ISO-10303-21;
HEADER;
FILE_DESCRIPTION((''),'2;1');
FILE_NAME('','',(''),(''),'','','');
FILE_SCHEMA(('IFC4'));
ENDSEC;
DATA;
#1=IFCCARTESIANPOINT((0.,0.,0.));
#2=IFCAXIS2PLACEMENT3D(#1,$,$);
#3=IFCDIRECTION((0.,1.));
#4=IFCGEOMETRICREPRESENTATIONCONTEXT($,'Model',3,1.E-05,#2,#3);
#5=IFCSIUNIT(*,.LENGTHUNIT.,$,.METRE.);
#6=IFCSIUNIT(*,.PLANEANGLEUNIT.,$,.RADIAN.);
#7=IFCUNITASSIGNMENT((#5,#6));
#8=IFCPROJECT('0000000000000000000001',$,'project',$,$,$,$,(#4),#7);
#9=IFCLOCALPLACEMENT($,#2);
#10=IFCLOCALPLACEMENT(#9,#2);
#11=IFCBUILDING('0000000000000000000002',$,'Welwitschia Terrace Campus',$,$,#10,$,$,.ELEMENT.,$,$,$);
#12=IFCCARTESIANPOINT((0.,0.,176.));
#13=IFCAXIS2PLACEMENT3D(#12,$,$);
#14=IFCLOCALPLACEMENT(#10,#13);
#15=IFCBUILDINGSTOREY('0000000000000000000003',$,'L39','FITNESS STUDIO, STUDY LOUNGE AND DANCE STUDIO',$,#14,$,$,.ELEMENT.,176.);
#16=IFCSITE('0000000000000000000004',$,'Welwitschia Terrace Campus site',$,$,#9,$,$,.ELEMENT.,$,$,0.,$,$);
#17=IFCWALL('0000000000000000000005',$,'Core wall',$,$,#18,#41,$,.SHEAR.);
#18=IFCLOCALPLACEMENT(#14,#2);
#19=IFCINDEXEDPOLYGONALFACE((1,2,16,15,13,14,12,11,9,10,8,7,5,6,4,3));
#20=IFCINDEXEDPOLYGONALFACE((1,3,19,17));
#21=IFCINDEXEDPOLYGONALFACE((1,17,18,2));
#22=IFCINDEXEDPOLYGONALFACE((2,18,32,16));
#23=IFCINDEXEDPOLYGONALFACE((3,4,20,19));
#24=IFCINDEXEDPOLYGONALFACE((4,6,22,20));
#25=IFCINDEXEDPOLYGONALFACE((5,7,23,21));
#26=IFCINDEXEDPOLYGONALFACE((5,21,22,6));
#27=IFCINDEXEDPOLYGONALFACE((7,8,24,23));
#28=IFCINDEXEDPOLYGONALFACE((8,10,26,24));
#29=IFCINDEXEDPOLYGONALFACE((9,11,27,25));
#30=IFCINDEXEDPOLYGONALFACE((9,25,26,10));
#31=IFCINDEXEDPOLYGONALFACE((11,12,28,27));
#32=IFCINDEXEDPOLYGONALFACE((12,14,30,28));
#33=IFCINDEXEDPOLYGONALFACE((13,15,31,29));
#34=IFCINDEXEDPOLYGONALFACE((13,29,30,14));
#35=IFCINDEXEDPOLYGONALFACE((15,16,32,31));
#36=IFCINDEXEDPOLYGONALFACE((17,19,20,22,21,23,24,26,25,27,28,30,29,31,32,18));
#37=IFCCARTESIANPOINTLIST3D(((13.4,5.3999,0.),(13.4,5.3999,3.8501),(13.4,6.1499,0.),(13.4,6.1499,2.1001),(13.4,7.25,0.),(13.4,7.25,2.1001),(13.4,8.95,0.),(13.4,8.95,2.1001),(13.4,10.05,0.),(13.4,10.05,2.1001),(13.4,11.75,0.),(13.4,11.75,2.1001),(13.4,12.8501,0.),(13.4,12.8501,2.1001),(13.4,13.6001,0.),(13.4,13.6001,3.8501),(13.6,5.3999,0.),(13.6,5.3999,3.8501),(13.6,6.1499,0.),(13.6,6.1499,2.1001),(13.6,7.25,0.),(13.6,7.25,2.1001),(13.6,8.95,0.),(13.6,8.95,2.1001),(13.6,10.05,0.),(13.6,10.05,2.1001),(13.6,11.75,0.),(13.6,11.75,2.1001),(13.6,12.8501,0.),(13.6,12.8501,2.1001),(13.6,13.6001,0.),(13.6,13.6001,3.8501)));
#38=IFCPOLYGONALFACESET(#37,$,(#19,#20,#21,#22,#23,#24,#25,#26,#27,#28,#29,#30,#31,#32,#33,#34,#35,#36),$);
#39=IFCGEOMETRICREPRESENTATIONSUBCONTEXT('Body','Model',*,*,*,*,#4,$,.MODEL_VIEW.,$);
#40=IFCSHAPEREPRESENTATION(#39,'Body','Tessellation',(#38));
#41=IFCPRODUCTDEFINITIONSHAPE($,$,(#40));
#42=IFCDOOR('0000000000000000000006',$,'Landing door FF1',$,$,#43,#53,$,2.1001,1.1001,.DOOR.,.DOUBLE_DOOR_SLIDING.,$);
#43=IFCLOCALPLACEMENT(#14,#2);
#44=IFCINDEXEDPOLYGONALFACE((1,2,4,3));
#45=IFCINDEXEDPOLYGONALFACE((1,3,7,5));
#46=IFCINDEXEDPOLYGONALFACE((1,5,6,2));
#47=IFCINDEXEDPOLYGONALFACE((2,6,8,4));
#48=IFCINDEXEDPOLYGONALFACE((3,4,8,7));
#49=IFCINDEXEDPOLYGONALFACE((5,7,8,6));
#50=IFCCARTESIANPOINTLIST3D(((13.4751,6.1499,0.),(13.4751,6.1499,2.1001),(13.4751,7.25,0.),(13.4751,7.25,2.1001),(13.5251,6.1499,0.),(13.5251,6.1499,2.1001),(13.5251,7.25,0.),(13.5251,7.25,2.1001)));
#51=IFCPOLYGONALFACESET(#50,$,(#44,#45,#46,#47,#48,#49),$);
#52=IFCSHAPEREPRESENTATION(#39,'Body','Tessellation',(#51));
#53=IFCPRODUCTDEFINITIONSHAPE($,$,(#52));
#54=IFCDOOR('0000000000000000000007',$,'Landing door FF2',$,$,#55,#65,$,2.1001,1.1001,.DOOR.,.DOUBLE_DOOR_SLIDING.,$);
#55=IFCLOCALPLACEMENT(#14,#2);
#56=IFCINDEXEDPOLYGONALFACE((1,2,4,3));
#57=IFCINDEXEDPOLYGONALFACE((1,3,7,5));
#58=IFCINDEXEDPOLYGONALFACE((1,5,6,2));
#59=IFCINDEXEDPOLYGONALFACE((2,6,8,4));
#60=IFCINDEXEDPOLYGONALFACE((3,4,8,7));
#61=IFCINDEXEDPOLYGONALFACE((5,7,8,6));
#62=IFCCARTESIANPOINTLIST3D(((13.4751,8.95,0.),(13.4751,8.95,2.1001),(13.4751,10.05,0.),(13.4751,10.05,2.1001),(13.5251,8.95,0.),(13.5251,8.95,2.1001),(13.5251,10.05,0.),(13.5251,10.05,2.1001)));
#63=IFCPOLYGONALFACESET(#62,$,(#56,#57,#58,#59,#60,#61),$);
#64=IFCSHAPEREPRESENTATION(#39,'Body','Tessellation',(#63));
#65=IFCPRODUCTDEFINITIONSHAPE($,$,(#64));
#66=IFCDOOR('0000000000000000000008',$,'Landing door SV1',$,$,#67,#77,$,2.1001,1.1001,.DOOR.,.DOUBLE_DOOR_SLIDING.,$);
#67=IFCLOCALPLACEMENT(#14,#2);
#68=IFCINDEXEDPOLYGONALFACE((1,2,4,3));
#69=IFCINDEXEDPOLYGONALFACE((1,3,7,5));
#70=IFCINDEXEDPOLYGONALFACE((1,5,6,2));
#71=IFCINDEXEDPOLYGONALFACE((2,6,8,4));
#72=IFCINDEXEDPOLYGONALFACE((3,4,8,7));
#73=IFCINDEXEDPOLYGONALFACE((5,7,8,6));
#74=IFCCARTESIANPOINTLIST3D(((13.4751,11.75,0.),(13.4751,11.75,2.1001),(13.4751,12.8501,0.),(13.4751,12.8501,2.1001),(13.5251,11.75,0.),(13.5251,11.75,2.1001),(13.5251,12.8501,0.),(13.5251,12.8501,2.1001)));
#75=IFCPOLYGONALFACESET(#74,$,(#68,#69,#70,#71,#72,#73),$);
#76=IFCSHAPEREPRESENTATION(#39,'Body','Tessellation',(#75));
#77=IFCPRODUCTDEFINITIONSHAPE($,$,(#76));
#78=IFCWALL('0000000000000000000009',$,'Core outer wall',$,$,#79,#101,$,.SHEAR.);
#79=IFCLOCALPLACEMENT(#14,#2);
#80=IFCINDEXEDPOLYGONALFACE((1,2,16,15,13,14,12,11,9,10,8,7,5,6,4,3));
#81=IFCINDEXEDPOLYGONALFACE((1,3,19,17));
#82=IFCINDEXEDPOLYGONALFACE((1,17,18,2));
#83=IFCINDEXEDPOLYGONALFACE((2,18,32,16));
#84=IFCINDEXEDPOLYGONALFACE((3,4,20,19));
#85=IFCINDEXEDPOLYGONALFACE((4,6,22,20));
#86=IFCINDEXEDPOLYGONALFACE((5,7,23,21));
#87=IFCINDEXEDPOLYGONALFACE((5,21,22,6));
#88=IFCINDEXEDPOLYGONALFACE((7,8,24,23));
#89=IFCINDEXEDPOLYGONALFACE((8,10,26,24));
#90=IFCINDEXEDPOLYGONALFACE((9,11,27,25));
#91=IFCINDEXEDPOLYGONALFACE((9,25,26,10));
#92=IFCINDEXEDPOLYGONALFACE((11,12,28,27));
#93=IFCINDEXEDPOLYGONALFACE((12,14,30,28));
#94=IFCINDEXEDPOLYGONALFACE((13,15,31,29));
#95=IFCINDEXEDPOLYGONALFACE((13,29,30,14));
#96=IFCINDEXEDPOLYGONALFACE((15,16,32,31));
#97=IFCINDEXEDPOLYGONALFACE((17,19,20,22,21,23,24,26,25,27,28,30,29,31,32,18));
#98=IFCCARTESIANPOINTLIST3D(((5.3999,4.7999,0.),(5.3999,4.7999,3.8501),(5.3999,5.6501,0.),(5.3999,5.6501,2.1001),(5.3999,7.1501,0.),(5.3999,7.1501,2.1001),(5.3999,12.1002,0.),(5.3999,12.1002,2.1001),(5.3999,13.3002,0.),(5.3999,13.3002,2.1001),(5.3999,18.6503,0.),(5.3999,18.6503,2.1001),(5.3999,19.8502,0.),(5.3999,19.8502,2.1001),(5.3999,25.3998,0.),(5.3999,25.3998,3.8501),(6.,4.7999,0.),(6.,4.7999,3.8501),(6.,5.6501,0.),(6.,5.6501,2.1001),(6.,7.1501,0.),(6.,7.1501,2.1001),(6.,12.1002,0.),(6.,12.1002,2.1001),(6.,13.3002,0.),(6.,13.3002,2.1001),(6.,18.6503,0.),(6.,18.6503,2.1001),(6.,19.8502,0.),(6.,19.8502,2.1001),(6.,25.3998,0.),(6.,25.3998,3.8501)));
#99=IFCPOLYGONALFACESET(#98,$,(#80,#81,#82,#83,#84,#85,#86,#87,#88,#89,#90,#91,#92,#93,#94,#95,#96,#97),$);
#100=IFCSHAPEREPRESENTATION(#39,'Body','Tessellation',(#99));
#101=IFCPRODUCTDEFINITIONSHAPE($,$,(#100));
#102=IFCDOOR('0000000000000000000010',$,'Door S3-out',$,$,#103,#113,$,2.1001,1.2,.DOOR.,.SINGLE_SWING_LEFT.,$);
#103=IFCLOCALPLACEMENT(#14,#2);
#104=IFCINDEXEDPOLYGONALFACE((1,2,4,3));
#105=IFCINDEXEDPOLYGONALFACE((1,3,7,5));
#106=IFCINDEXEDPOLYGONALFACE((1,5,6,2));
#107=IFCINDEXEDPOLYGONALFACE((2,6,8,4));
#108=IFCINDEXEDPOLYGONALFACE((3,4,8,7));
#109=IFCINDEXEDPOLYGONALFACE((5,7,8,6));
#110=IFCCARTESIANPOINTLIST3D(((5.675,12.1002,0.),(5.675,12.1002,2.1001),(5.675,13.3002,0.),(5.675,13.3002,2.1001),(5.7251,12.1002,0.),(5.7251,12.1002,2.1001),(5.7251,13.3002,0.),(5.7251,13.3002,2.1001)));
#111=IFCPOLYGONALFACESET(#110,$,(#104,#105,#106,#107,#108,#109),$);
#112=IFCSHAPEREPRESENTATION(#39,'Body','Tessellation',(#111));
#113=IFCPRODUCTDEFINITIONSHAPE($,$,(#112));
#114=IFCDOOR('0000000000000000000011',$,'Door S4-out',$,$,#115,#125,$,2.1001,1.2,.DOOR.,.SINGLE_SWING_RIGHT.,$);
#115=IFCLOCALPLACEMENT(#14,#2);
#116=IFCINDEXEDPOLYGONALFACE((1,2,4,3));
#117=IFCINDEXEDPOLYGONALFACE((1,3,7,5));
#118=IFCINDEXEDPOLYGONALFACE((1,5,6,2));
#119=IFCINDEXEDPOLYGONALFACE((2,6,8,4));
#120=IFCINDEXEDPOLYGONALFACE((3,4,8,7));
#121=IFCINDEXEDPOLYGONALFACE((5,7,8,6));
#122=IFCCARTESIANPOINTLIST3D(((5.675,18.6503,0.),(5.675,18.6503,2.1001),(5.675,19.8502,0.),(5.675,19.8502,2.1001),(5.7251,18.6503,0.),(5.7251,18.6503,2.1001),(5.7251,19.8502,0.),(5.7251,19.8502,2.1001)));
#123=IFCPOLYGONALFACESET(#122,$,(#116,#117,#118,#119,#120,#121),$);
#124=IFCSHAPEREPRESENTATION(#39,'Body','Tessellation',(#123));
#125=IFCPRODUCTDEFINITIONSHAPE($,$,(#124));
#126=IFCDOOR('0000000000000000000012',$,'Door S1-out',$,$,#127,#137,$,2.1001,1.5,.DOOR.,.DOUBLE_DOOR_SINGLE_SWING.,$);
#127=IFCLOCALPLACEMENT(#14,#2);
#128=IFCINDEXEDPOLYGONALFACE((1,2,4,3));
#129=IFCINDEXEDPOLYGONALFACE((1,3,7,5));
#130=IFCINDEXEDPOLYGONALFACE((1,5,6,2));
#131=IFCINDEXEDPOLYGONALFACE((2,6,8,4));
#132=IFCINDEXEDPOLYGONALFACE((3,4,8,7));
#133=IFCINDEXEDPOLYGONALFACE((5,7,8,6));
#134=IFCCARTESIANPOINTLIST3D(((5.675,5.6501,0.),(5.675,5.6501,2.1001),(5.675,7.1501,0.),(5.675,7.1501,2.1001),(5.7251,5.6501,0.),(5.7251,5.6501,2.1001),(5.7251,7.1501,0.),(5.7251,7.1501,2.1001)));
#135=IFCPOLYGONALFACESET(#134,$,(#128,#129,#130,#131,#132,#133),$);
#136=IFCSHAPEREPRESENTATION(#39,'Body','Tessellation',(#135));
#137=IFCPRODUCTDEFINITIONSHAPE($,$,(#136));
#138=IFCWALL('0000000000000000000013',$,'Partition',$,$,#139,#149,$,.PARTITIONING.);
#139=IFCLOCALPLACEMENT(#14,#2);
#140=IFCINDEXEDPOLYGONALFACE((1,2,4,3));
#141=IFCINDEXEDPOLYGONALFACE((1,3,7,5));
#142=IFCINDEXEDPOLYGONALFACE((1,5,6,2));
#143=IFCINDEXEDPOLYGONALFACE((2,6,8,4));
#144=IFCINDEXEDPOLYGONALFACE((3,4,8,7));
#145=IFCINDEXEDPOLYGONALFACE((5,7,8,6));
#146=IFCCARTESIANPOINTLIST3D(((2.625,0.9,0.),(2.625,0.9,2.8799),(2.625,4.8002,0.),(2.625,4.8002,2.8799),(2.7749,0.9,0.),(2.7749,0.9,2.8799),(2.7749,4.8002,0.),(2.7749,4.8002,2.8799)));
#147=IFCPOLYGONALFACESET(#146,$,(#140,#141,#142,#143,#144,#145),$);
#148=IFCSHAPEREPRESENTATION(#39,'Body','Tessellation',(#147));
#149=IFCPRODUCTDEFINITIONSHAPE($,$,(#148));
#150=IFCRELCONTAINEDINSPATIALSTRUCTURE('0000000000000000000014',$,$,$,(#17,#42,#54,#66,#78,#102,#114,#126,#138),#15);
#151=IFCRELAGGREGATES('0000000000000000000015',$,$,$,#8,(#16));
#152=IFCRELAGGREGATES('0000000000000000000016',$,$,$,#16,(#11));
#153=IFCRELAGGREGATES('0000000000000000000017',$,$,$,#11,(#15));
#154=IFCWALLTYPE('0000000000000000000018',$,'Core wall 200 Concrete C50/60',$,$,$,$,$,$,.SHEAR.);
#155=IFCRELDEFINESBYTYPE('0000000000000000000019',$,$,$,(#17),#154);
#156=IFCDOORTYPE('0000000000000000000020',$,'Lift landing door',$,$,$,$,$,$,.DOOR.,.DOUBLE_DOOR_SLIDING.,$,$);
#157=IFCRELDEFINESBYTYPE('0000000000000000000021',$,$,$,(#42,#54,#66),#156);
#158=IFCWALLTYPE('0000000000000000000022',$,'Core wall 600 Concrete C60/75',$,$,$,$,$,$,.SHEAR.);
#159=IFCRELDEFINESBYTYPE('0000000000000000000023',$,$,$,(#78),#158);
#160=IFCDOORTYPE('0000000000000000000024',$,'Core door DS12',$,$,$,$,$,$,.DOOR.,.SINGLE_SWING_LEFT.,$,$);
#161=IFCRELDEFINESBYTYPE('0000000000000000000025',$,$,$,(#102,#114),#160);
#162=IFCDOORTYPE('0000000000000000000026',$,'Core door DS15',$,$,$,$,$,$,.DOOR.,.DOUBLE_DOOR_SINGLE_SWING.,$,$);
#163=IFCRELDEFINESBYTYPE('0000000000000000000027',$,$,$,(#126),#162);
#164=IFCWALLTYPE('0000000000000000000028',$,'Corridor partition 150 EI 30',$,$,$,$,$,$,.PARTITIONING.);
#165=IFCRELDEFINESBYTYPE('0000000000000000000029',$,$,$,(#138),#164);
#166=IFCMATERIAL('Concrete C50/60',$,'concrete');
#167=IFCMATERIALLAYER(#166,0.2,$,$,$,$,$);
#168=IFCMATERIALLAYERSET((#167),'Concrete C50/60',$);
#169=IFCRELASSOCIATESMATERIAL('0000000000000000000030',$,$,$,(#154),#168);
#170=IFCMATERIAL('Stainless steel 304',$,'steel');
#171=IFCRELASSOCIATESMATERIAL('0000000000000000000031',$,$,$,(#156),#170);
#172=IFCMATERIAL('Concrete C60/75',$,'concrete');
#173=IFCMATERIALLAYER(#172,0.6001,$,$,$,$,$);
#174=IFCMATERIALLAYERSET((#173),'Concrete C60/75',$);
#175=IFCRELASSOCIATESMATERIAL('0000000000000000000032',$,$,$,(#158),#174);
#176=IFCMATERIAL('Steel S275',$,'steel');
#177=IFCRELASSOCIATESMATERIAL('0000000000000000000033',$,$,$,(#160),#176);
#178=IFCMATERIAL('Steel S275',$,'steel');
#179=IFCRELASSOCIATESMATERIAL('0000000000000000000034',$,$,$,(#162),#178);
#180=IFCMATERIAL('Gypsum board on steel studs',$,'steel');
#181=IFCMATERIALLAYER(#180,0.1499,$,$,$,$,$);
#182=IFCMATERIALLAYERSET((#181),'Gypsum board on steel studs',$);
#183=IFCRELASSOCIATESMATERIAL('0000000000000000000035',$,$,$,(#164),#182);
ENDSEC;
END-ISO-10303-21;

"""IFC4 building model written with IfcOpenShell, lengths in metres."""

from ifc_helpers import new_model, si_unit, direction, frame, frame_2d, origin, place, context, subcontext, project, spatial, rectangle, extrude, material, layer, layer_set, type_object, element, fill, save


model = new_model("IFC4")

# Units and contexts
model_context = context("Model", 3, precision=1e-05, world=origin(), true_north=direction((0.0, 1.0)))
body_context = subcontext(model_context, "Body", "Model", "MODEL_VIEW")
ifc_project = project(units=[si_unit("LENGTHUNIT", "METRE"), si_unit("PLANEANGLEUNIT", "RADIAN")], contexts=[model_context])

# Site, building, storey
site_placement = place(None, origin())
site = spatial("IfcSite", under=ifc_project, at=site_placement, Name="Welwitschia Terrace Campus site", CompositionType="ELEMENT", RefElevation=0.0)
building_placement = place(site_placement, origin())
building = spatial("IfcBuilding", under=site, at=building_placement, Name="Welwitschia Terrace Campus", CompositionType="ELEMENT")
storey_placement = place(building_placement, frame((0.0, 0.0, 176.0)))
storey = spatial("IfcBuildingStorey", under=building, at=storey_placement, Name="L39", Description="FITNESS STUDIO, STUDY LOUNGE AND DANCE STUDIO", CompositionType="ELEMENT", Elevation=176.0)

# Walls, openings, doors
ifc_material_1 = material(Name="Concrete C50/60", Category="concrete")
ifc_layer_1 = layer(ifc_material_1, 0.2)
ifc_layer_set_1 = layer_set([ifc_layer_1], Name="Concrete C50/60")
wall_type_1 = type_object("IfcWallType", Name="Core wall 200 Concrete C50/60", PredefinedType="SHEAR", material=ifc_layer_set_1)
wall_1_placement = place(storey_placement, frame((13.5, 5.3999, 0.0), z_axis=(0.0, 0.0, 1.0), x_axis=(0.0, 1.0, 0.0)))
wall_1 = element("IfcWall", 1, at=wall_1_placement, inside=storey, type_object=wall_type_1, Name="Core wall", PredefinedType="SHEAR", context=body_context, shape_type="SweptSolid", body=[
    extrude(rectangle(XDim=8.2002, YDim=0.2, at=frame_2d((4.1001, 0.0))), origin(), (0.0, 0.0, 1.0), 3.8501),
])
opening_1_placement = place(wall_1_placement, frame((0.75, 0.0, 0.0)))
opening_1 = element("IfcOpeningElement", 2, at=opening_1_placement, cuts=wall_1, PredefinedType="OPENING", context=body_context, shape_type="SweptSolid", body=[
    extrude(rectangle(XDim=1.1001, YDim=2.1001, at=frame_2d((0.55, 1.05))), frame((0.0, 0.1099, 0.0), z_axis=(0.0, -1.0, 0.0), x_axis=(1.0, 0.0, 0.0)), (0.0, 0.0, 1.0), 0.22),
])
opening_2_placement = place(wall_1_placement, frame((3.55, 0.0, 0.0)))
opening_2 = element("IfcOpeningElement", 3, at=opening_2_placement, cuts=wall_1, PredefinedType="OPENING", context=body_context, shape_type="SweptSolid", body=[
    extrude(rectangle(XDim=1.1001, YDim=2.1001, at=frame_2d((0.55, 1.05))), frame((0.0, 0.1099, 0.0), z_axis=(0.0, -1.0, 0.0), x_axis=(1.0, 0.0, 0.0)), (0.0, 0.0, 1.0), 0.22),
])
opening_3_placement = place(wall_1_placement, frame((6.3501, 0.0, 0.0)))
opening_3 = element("IfcOpeningElement", 4, at=opening_3_placement, cuts=wall_1, PredefinedType="OPENING", context=body_context, shape_type="SweptSolid", body=[
    extrude(rectangle(XDim=1.1001, YDim=2.1001, at=frame_2d((0.55, 1.05))), frame((0.0, 0.1099, 0.0), z_axis=(0.0, -1.0, 0.0), x_axis=(1.0, 0.0, 0.0)), (0.0, 0.0, 1.0), 0.22),
])
ifc_material_2 = material(Name="Stainless steel 304", Category="steel")
door_type_1 = type_object("IfcDoorType", Name="Lift landing door", OperationType="DOUBLE_DOOR_SLIDING", PredefinedType="DOOR", material=ifc_material_2)
door_1_placement = place(opening_1_placement, origin())
door_1 = element("IfcDoor", 5, at=door_1_placement, inside=storey, type_object=door_type_1, Name="Landing door FF1", OperationType="DOUBLE_DOOR_SLIDING", OverallHeight=2.1001, OverallWidth=1.1001, PredefinedType="DOOR", context=body_context, shape_type="SweptSolid", body=[
    extrude(rectangle(XDim=1.1001, YDim=2.1001, at=frame_2d((0.55, 1.05))), frame((0.0, 0.0249, 0.0), z_axis=(0.0, -1.0, 0.0), x_axis=(1.0, 0.0, 0.0)), (0.0, 0.0, 1.0), 0.05),
])
fill(opening_1, door_1)
door_2_placement = place(opening_2_placement, origin())
door_2 = element("IfcDoor", 6, at=door_2_placement, inside=storey, type_object=door_type_1, Name="Landing door FF2", OperationType="DOUBLE_DOOR_SLIDING", OverallHeight=2.1001, OverallWidth=1.1001, PredefinedType="DOOR", context=body_context, shape_type="SweptSolid", body=[
    extrude(rectangle(XDim=1.1001, YDim=2.1001, at=frame_2d((0.55, 1.05))), frame((0.0, 0.0249, 0.0), z_axis=(0.0, -1.0, 0.0), x_axis=(1.0, 0.0, 0.0)), (0.0, 0.0, 1.0), 0.05),
])
fill(opening_2, door_2)
door_3_placement = place(opening_3_placement, origin())
door_3 = element("IfcDoor", 7, at=door_3_placement, inside=storey, type_object=door_type_1, Name="Landing door SV1", OperationType="DOUBLE_DOOR_SLIDING", OverallHeight=2.1001, OverallWidth=1.1001, PredefinedType="DOOR", context=body_context, shape_type="SweptSolid", body=[
    extrude(rectangle(XDim=1.1001, YDim=2.1001, at=frame_2d((0.55, 1.05))), frame((0.0, 0.0249, 0.0), z_axis=(0.0, -1.0, 0.0), x_axis=(1.0, 0.0, 0.0)), (0.0, 0.0, 1.0), 0.05),
])
fill(opening_3, door_3)
ifc_material_3 = material(Name="Concrete C60/75", Category="concrete")
ifc_layer_2 = layer(ifc_material_3, 0.6001)
ifc_layer_set_2 = layer_set([ifc_layer_2], Name="Concrete C60/75")
wall_type_2 = type_object("IfcWallType", Name="Core wall 600 Concrete C60/75", PredefinedType="SHEAR", material=ifc_layer_set_2)
wall_2_placement = place(storey_placement, frame((5.7, 4.8, 0.0), z_axis=(0.0, 0.0, 1.0), x_axis=(0.0, 1.0, 0.0)))
wall_2 = element("IfcWall", 8, at=wall_2_placement, inside=storey, type_object=wall_type_2, Name="Core outer wall", PredefinedType="SHEAR", context=body_context, shape_type="SweptSolid", body=[
    extrude(rectangle(XDim=20.5999, YDim=0.6001, at=frame_2d((10.2998, 0.0))), origin(), (0.0, 0.0, 1.0), 3.8501),
])
opening_4_placement = place(wall_2_placement, frame((0.8501, 0.0, 0.0)))
opening_4 = element("IfcOpeningElement", 9, at=opening_4_placement, cuts=wall_2, PredefinedType="OPENING", context=body_context, shape_type="SweptSolid", body=[
    extrude(rectangle(XDim=1.5, YDim=2.1001, at=frame_2d((0.75, 1.05))), frame((0.0, 0.3101, 0.0), z_axis=(0.0, -1.0, 0.0), x_axis=(1.0, 0.0, 0.0)), (0.0, 0.0, 1.0), 0.6201),
])
opening_5_placement = place(wall_2_placement, frame((7.3, 0.0, 0.0)))
opening_5 = element("IfcOpeningElement", 10, at=opening_5_placement, cuts=wall_2, PredefinedType="OPENING", context=body_context, shape_type="SweptSolid", body=[
    extrude(rectangle(XDim=1.2, YDim=2.1001, at=frame_2d((0.6001, 1.05))), frame((0.0, 0.3101, 0.0), z_axis=(0.0, -1.0, 0.0), x_axis=(1.0, 0.0, 0.0)), (0.0, 0.0, 1.0), 0.6201),
])
opening_6_placement = place(wall_2_placement, frame((13.8501, 0.0, 0.0)))
opening_6 = element("IfcOpeningElement", 11, at=opening_6_placement, cuts=wall_2, PredefinedType="OPENING", context=body_context, shape_type="SweptSolid", body=[
    extrude(rectangle(XDim=1.2, YDim=2.1001, at=frame_2d((0.6001, 1.05))), frame((0.0, 0.3101, 0.0), z_axis=(0.0, -1.0, 0.0), x_axis=(1.0, 0.0, 0.0)), (0.0, 0.0, 1.0), 0.6201),
])
ifc_material_4 = material(Name="Steel S275", Category="steel")
door_type_2 = type_object("IfcDoorType", Name="Core door DS12", OperationType="SINGLE_SWING_LEFT", PredefinedType="DOOR", material=ifc_material_4)
door_4_placement = place(opening_5_placement, origin())
door_4 = element("IfcDoor", 12, at=door_4_placement, inside=storey, type_object=door_type_2, Name="Door S3-out", OperationType="SINGLE_SWING_LEFT", OverallHeight=2.1001, OverallWidth=1.2, PredefinedType="DOOR", context=body_context, shape_type="SweptSolid", body=[
    extrude(rectangle(XDim=1.2, YDim=2.1001, at=frame_2d((0.6001, 1.05))), frame((0.0, 0.0249, 0.0), z_axis=(0.0, -1.0, 0.0), x_axis=(1.0, 0.0, 0.0)), (0.0, 0.0, 1.0), 0.05),
])
fill(opening_5, door_4)
door_5_placement = place(opening_6_placement, origin())
door_5 = element("IfcDoor", 13, at=door_5_placement, inside=storey, type_object=door_type_2, Name="Door S4-out", OperationType="SINGLE_SWING_RIGHT", OverallHeight=2.1001, OverallWidth=1.2, PredefinedType="DOOR", context=body_context, shape_type="SweptSolid", body=[
    extrude(rectangle(XDim=1.2, YDim=2.1001, at=frame_2d((0.6001, 1.05))), frame((0.0, 0.0249, 0.0), z_axis=(0.0, -1.0, 0.0), x_axis=(1.0, 0.0, 0.0)), (0.0, 0.0, 1.0), 0.05),
])
fill(opening_6, door_5)
ifc_material_5 = material(Name="Steel S275", Category="steel")
door_type_3 = type_object("IfcDoorType", Name="Core door DS15", OperationType="DOUBLE_DOOR_SINGLE_SWING", PredefinedType="DOOR", material=ifc_material_5)
door_6_placement = place(opening_4_placement, origin())
door_6 = element("IfcDoor", 14, at=door_6_placement, inside=storey, type_object=door_type_3, Name="Door S1-out", OperationType="DOUBLE_DOOR_SINGLE_SWING", OverallHeight=2.1001, OverallWidth=1.5, PredefinedType="DOOR", context=body_context, shape_type="SweptSolid", body=[
    extrude(rectangle(XDim=1.5, YDim=2.1001, at=frame_2d((0.75, 1.05))), frame((0.0, 0.0249, 0.0), z_axis=(0.0, -1.0, 0.0), x_axis=(1.0, 0.0, 0.0)), (0.0, 0.0, 1.0), 0.05),
])
fill(opening_4, door_6)

# Wall
ifc_material_6 = material(Name="Gypsum board on steel studs", Category="steel")
ifc_layer_3 = layer(ifc_material_6, 0.1499)
ifc_layer_set_3 = layer_set([ifc_layer_3], Name="Gypsum board on steel studs")
wall_type_3 = type_object("IfcWallType", Name="Corridor partition 150 EI 30", PredefinedType="PARTITIONING", material=ifc_layer_set_3)
wall_3_placement = place(storey_placement, frame((2.7, 0.8999, 0.0), z_axis=(0.0, 0.0, 1.0), x_axis=(0.0, 1.0, 0.0)))
element("IfcWall", 15, at=wall_3_placement, inside=storey, type_object=wall_type_3, Name="Partition", PredefinedType="PARTITIONING", context=body_context, shape_type="SweptSolid", body=[
    extrude(rectangle(XDim=3.9001, YDim=0.1499, at=frame_2d((1.9502, 0.0))), origin(), (0.0, 0.0, 1.0), 2.8799),
])

save(model, "model.ifc")
